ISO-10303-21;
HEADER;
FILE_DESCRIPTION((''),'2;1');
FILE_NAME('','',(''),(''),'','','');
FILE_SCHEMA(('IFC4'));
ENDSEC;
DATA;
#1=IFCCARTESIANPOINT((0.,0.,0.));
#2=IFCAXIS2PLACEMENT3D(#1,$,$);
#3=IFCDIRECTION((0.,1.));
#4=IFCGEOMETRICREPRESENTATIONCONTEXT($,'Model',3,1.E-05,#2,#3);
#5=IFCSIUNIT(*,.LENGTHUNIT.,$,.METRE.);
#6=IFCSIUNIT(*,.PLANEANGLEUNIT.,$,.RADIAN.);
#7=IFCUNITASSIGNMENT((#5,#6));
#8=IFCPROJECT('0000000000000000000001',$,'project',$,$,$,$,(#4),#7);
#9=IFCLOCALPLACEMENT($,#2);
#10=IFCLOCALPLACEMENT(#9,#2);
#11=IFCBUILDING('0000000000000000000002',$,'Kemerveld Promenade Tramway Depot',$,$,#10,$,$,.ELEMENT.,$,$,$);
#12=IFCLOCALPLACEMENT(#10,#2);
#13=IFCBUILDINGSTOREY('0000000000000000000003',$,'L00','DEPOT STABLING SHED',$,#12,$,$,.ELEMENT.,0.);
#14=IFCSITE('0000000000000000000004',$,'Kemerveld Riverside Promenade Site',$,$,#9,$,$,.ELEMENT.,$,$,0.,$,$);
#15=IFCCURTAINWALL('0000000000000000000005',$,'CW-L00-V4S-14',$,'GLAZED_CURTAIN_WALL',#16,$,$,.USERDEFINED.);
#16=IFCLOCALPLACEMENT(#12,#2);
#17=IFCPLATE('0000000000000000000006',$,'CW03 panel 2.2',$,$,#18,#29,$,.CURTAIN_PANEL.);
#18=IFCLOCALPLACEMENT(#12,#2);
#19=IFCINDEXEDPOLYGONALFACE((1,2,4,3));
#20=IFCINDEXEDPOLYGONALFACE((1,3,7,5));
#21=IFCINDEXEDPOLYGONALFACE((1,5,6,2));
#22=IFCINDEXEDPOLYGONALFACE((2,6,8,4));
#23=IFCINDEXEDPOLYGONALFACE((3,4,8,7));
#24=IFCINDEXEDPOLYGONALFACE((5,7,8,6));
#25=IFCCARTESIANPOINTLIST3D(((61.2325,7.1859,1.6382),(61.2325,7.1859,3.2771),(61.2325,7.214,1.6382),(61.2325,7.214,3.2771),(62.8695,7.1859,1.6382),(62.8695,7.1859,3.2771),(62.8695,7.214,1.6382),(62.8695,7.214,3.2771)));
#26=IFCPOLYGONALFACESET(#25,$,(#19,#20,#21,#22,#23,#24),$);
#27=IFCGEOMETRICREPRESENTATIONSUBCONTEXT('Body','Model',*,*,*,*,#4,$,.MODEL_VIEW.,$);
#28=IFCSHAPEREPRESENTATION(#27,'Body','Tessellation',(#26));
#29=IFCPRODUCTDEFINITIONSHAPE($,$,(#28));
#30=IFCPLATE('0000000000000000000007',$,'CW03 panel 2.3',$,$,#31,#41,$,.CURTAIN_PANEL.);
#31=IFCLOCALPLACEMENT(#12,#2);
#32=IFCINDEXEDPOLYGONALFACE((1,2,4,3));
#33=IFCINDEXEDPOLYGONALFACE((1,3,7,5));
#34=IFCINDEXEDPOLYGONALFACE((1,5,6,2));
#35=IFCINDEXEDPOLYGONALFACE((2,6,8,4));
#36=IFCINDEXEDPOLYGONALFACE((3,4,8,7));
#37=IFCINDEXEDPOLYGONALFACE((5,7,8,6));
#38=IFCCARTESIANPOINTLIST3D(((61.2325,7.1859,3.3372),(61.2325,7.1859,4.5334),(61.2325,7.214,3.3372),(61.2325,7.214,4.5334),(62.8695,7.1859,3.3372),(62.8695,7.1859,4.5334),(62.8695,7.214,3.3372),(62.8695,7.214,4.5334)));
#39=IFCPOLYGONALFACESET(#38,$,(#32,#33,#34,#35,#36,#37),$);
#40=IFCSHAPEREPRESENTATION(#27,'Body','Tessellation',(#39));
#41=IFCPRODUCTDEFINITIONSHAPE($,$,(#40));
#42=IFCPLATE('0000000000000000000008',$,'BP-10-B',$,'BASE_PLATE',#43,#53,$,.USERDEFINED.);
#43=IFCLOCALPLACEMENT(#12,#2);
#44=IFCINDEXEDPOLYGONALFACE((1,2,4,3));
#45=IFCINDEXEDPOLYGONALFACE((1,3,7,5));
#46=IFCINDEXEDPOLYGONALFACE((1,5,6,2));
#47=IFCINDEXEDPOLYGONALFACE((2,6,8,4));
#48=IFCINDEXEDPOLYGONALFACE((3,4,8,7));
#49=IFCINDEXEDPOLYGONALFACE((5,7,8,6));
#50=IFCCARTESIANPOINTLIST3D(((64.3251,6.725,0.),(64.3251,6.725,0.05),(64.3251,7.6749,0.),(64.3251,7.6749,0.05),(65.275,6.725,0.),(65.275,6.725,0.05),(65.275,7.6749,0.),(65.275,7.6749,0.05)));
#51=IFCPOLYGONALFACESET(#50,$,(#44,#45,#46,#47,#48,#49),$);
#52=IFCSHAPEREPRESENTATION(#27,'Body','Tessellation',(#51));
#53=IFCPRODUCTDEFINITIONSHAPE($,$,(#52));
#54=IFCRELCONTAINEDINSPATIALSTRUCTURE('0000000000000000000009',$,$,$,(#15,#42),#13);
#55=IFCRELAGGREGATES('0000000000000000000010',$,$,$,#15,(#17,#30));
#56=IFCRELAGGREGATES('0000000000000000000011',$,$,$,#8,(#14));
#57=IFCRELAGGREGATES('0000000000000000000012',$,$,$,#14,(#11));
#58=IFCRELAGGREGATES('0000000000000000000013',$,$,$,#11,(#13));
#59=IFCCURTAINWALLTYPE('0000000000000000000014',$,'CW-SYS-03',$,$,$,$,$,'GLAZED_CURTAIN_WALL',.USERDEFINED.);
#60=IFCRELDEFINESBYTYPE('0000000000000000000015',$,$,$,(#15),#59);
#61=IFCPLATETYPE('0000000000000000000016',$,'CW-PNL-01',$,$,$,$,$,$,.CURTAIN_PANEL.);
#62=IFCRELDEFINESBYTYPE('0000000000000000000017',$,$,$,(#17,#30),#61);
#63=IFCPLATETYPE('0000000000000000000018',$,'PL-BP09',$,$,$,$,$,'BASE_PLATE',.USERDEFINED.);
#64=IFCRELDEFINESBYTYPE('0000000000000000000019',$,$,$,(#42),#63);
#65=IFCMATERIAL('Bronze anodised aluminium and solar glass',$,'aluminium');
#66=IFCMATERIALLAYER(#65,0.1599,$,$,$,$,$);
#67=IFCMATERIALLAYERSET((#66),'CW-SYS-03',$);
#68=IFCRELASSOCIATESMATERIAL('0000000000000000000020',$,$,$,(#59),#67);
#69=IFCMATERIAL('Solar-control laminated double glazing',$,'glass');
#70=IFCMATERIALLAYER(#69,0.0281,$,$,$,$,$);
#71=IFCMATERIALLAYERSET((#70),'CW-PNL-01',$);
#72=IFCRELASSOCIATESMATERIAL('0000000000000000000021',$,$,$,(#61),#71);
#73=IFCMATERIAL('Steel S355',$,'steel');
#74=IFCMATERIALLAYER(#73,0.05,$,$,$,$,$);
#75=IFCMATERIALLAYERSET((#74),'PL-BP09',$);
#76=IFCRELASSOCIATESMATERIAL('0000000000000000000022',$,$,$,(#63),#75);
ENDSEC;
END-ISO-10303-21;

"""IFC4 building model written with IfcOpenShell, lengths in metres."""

from ifc_helpers import new_model, si_unit, direction, frame, origin, origin_2d, place, context, subcontext, project, spatial, rectangle, extrude, material, layer, layer_set, type_object, element, aggregate, save


model = new_model("IFC4")

# Units and contexts
model_context = context("Model", 3, precision=1e-05, world=origin(), true_north=direction((0.0, 1.0)))
body_context = subcontext(model_context, "Body", "Model", "MODEL_VIEW")
ifc_project = project(units=[si_unit("LENGTHUNIT", "METRE"), si_unit("PLANEANGLEUNIT", "RADIAN")], contexts=[model_context])

# Site, building, storey
site_placement = place(None, origin())
site = spatial("IfcSite", under=ifc_project, at=site_placement, Name="Kemerveld Riverside Promenade Site", CompositionType="ELEMENT", RefElevation=0.0)
building_placement = place(site_placement, origin())
building = spatial("IfcBuilding", under=site, at=building_placement, Name="Kemerveld Promenade Tramway Depot", CompositionType="ELEMENT")
storey_placement = place(building_placement, origin())
storey = spatial("IfcBuildingStorey", under=building, at=storey_placement, Name="L00", Description="DEPOT STABLING SHED", CompositionType="ELEMENT", Elevation=0.0)

# Shared definitions
ifc_material_1 = material(Name="Steel S355", Category="steel")

# Curtain wall, plates
ifc_material_2 = material(Name="Bronze anodised aluminium and solar glass", Category="aluminium")
ifc_layer_1 = layer(ifc_material_2, 0.1599)
ifc_layer_set_1 = layer_set([ifc_layer_1], Name="CW-SYS-03")
curtain_wall_type = type_object("IfcCurtainWallType", Name="CW-SYS-03", ElementType="GLAZED_CURTAIN_WALL", PredefinedType="USERDEFINED", material=ifc_layer_set_1)
curtain_wall_placement = place(storey_placement, origin())
curtain_wall = element("IfcCurtainWall", 1, at=curtain_wall_placement, inside=storey, type_object=curtain_wall_type, Name="CW-L00-V4S-14", ObjectType="GLAZED_CURTAIN_WALL", PredefinedType="USERDEFINED")
ifc_material_3 = material(Name="Solar-control laminated double glazing", Category="glass")
ifc_layer_2 = layer(ifc_material_3, 0.0281)
ifc_layer_set_2 = layer_set([ifc_layer_2], Name="CW-PNL-01")
plate_type_1 = type_object("IfcPlateType", Name="CW-PNL-01", PredefinedType="CURTAIN_PANEL", material=ifc_layer_set_2)
plate_1_placement = place(storey_placement, frame((62.051, 7.2, 1.6382), z_axis=(0.0, 0.0, 1.0), x_axis=(-1.0, 0.0, 0.0)))
plate_1 = element("IfcPlate", 2, at=plate_1_placement, type_object=plate_type_1, Name="CW03 panel 2.2", PredefinedType="CURTAIN_PANEL", context=body_context, shape_type="SweptSolid", body=[
    extrude(rectangle(XDim=1.637, YDim=0.0281, at=origin_2d()), origin(), (0.0, 0.0, 1.0), 1.6389),
])
plate_2_placement = place(storey_placement, frame((62.051, 7.2, 3.3372), z_axis=(0.0, 0.0, 1.0), x_axis=(-1.0, 0.0, 0.0)))
plate_2 = element("IfcPlate", 3, at=plate_2_placement, type_object=plate_type_1, Name="CW03 panel 2.3", PredefinedType="CURTAIN_PANEL", context=body_context, shape_type="SweptSolid", body=[
    extrude(rectangle(XDim=1.637, YDim=0.0281, at=origin_2d()), origin(), (0.0, 0.0, 1.0), 1.1963),
])
aggregate(curtain_wall, [plate_1, plate_2])

# Plate
ifc_layer_3 = layer(ifc_material_1, 0.05)
ifc_layer_set_3 = layer_set([ifc_layer_3], Name="PL-BP09")
plate_type_2 = type_object("IfcPlateType", Name="PL-BP09", ElementType="BASE_PLATE", PredefinedType="USERDEFINED", material=ifc_layer_set_3)
plate_3_placement = place(storey_placement, frame((64.8, 7.2, 0.0), z_axis=(0.0, 0.0, 1.0), x_axis=(1.0, 0.0, 0.0)))
element("IfcPlate", 4, at=plate_3_placement, inside=storey, type_object=plate_type_2, Name="BP-10-B", ObjectType="BASE_PLATE", PredefinedType="USERDEFINED", context=body_context, shape_type="SweptSolid", body=[
    extrude(rectangle(XDim=0.95, YDim=0.95, at=origin_2d()), origin(), (0.0, 0.0, 1.0), 0.05),
])

save(model, "model.ifc")
